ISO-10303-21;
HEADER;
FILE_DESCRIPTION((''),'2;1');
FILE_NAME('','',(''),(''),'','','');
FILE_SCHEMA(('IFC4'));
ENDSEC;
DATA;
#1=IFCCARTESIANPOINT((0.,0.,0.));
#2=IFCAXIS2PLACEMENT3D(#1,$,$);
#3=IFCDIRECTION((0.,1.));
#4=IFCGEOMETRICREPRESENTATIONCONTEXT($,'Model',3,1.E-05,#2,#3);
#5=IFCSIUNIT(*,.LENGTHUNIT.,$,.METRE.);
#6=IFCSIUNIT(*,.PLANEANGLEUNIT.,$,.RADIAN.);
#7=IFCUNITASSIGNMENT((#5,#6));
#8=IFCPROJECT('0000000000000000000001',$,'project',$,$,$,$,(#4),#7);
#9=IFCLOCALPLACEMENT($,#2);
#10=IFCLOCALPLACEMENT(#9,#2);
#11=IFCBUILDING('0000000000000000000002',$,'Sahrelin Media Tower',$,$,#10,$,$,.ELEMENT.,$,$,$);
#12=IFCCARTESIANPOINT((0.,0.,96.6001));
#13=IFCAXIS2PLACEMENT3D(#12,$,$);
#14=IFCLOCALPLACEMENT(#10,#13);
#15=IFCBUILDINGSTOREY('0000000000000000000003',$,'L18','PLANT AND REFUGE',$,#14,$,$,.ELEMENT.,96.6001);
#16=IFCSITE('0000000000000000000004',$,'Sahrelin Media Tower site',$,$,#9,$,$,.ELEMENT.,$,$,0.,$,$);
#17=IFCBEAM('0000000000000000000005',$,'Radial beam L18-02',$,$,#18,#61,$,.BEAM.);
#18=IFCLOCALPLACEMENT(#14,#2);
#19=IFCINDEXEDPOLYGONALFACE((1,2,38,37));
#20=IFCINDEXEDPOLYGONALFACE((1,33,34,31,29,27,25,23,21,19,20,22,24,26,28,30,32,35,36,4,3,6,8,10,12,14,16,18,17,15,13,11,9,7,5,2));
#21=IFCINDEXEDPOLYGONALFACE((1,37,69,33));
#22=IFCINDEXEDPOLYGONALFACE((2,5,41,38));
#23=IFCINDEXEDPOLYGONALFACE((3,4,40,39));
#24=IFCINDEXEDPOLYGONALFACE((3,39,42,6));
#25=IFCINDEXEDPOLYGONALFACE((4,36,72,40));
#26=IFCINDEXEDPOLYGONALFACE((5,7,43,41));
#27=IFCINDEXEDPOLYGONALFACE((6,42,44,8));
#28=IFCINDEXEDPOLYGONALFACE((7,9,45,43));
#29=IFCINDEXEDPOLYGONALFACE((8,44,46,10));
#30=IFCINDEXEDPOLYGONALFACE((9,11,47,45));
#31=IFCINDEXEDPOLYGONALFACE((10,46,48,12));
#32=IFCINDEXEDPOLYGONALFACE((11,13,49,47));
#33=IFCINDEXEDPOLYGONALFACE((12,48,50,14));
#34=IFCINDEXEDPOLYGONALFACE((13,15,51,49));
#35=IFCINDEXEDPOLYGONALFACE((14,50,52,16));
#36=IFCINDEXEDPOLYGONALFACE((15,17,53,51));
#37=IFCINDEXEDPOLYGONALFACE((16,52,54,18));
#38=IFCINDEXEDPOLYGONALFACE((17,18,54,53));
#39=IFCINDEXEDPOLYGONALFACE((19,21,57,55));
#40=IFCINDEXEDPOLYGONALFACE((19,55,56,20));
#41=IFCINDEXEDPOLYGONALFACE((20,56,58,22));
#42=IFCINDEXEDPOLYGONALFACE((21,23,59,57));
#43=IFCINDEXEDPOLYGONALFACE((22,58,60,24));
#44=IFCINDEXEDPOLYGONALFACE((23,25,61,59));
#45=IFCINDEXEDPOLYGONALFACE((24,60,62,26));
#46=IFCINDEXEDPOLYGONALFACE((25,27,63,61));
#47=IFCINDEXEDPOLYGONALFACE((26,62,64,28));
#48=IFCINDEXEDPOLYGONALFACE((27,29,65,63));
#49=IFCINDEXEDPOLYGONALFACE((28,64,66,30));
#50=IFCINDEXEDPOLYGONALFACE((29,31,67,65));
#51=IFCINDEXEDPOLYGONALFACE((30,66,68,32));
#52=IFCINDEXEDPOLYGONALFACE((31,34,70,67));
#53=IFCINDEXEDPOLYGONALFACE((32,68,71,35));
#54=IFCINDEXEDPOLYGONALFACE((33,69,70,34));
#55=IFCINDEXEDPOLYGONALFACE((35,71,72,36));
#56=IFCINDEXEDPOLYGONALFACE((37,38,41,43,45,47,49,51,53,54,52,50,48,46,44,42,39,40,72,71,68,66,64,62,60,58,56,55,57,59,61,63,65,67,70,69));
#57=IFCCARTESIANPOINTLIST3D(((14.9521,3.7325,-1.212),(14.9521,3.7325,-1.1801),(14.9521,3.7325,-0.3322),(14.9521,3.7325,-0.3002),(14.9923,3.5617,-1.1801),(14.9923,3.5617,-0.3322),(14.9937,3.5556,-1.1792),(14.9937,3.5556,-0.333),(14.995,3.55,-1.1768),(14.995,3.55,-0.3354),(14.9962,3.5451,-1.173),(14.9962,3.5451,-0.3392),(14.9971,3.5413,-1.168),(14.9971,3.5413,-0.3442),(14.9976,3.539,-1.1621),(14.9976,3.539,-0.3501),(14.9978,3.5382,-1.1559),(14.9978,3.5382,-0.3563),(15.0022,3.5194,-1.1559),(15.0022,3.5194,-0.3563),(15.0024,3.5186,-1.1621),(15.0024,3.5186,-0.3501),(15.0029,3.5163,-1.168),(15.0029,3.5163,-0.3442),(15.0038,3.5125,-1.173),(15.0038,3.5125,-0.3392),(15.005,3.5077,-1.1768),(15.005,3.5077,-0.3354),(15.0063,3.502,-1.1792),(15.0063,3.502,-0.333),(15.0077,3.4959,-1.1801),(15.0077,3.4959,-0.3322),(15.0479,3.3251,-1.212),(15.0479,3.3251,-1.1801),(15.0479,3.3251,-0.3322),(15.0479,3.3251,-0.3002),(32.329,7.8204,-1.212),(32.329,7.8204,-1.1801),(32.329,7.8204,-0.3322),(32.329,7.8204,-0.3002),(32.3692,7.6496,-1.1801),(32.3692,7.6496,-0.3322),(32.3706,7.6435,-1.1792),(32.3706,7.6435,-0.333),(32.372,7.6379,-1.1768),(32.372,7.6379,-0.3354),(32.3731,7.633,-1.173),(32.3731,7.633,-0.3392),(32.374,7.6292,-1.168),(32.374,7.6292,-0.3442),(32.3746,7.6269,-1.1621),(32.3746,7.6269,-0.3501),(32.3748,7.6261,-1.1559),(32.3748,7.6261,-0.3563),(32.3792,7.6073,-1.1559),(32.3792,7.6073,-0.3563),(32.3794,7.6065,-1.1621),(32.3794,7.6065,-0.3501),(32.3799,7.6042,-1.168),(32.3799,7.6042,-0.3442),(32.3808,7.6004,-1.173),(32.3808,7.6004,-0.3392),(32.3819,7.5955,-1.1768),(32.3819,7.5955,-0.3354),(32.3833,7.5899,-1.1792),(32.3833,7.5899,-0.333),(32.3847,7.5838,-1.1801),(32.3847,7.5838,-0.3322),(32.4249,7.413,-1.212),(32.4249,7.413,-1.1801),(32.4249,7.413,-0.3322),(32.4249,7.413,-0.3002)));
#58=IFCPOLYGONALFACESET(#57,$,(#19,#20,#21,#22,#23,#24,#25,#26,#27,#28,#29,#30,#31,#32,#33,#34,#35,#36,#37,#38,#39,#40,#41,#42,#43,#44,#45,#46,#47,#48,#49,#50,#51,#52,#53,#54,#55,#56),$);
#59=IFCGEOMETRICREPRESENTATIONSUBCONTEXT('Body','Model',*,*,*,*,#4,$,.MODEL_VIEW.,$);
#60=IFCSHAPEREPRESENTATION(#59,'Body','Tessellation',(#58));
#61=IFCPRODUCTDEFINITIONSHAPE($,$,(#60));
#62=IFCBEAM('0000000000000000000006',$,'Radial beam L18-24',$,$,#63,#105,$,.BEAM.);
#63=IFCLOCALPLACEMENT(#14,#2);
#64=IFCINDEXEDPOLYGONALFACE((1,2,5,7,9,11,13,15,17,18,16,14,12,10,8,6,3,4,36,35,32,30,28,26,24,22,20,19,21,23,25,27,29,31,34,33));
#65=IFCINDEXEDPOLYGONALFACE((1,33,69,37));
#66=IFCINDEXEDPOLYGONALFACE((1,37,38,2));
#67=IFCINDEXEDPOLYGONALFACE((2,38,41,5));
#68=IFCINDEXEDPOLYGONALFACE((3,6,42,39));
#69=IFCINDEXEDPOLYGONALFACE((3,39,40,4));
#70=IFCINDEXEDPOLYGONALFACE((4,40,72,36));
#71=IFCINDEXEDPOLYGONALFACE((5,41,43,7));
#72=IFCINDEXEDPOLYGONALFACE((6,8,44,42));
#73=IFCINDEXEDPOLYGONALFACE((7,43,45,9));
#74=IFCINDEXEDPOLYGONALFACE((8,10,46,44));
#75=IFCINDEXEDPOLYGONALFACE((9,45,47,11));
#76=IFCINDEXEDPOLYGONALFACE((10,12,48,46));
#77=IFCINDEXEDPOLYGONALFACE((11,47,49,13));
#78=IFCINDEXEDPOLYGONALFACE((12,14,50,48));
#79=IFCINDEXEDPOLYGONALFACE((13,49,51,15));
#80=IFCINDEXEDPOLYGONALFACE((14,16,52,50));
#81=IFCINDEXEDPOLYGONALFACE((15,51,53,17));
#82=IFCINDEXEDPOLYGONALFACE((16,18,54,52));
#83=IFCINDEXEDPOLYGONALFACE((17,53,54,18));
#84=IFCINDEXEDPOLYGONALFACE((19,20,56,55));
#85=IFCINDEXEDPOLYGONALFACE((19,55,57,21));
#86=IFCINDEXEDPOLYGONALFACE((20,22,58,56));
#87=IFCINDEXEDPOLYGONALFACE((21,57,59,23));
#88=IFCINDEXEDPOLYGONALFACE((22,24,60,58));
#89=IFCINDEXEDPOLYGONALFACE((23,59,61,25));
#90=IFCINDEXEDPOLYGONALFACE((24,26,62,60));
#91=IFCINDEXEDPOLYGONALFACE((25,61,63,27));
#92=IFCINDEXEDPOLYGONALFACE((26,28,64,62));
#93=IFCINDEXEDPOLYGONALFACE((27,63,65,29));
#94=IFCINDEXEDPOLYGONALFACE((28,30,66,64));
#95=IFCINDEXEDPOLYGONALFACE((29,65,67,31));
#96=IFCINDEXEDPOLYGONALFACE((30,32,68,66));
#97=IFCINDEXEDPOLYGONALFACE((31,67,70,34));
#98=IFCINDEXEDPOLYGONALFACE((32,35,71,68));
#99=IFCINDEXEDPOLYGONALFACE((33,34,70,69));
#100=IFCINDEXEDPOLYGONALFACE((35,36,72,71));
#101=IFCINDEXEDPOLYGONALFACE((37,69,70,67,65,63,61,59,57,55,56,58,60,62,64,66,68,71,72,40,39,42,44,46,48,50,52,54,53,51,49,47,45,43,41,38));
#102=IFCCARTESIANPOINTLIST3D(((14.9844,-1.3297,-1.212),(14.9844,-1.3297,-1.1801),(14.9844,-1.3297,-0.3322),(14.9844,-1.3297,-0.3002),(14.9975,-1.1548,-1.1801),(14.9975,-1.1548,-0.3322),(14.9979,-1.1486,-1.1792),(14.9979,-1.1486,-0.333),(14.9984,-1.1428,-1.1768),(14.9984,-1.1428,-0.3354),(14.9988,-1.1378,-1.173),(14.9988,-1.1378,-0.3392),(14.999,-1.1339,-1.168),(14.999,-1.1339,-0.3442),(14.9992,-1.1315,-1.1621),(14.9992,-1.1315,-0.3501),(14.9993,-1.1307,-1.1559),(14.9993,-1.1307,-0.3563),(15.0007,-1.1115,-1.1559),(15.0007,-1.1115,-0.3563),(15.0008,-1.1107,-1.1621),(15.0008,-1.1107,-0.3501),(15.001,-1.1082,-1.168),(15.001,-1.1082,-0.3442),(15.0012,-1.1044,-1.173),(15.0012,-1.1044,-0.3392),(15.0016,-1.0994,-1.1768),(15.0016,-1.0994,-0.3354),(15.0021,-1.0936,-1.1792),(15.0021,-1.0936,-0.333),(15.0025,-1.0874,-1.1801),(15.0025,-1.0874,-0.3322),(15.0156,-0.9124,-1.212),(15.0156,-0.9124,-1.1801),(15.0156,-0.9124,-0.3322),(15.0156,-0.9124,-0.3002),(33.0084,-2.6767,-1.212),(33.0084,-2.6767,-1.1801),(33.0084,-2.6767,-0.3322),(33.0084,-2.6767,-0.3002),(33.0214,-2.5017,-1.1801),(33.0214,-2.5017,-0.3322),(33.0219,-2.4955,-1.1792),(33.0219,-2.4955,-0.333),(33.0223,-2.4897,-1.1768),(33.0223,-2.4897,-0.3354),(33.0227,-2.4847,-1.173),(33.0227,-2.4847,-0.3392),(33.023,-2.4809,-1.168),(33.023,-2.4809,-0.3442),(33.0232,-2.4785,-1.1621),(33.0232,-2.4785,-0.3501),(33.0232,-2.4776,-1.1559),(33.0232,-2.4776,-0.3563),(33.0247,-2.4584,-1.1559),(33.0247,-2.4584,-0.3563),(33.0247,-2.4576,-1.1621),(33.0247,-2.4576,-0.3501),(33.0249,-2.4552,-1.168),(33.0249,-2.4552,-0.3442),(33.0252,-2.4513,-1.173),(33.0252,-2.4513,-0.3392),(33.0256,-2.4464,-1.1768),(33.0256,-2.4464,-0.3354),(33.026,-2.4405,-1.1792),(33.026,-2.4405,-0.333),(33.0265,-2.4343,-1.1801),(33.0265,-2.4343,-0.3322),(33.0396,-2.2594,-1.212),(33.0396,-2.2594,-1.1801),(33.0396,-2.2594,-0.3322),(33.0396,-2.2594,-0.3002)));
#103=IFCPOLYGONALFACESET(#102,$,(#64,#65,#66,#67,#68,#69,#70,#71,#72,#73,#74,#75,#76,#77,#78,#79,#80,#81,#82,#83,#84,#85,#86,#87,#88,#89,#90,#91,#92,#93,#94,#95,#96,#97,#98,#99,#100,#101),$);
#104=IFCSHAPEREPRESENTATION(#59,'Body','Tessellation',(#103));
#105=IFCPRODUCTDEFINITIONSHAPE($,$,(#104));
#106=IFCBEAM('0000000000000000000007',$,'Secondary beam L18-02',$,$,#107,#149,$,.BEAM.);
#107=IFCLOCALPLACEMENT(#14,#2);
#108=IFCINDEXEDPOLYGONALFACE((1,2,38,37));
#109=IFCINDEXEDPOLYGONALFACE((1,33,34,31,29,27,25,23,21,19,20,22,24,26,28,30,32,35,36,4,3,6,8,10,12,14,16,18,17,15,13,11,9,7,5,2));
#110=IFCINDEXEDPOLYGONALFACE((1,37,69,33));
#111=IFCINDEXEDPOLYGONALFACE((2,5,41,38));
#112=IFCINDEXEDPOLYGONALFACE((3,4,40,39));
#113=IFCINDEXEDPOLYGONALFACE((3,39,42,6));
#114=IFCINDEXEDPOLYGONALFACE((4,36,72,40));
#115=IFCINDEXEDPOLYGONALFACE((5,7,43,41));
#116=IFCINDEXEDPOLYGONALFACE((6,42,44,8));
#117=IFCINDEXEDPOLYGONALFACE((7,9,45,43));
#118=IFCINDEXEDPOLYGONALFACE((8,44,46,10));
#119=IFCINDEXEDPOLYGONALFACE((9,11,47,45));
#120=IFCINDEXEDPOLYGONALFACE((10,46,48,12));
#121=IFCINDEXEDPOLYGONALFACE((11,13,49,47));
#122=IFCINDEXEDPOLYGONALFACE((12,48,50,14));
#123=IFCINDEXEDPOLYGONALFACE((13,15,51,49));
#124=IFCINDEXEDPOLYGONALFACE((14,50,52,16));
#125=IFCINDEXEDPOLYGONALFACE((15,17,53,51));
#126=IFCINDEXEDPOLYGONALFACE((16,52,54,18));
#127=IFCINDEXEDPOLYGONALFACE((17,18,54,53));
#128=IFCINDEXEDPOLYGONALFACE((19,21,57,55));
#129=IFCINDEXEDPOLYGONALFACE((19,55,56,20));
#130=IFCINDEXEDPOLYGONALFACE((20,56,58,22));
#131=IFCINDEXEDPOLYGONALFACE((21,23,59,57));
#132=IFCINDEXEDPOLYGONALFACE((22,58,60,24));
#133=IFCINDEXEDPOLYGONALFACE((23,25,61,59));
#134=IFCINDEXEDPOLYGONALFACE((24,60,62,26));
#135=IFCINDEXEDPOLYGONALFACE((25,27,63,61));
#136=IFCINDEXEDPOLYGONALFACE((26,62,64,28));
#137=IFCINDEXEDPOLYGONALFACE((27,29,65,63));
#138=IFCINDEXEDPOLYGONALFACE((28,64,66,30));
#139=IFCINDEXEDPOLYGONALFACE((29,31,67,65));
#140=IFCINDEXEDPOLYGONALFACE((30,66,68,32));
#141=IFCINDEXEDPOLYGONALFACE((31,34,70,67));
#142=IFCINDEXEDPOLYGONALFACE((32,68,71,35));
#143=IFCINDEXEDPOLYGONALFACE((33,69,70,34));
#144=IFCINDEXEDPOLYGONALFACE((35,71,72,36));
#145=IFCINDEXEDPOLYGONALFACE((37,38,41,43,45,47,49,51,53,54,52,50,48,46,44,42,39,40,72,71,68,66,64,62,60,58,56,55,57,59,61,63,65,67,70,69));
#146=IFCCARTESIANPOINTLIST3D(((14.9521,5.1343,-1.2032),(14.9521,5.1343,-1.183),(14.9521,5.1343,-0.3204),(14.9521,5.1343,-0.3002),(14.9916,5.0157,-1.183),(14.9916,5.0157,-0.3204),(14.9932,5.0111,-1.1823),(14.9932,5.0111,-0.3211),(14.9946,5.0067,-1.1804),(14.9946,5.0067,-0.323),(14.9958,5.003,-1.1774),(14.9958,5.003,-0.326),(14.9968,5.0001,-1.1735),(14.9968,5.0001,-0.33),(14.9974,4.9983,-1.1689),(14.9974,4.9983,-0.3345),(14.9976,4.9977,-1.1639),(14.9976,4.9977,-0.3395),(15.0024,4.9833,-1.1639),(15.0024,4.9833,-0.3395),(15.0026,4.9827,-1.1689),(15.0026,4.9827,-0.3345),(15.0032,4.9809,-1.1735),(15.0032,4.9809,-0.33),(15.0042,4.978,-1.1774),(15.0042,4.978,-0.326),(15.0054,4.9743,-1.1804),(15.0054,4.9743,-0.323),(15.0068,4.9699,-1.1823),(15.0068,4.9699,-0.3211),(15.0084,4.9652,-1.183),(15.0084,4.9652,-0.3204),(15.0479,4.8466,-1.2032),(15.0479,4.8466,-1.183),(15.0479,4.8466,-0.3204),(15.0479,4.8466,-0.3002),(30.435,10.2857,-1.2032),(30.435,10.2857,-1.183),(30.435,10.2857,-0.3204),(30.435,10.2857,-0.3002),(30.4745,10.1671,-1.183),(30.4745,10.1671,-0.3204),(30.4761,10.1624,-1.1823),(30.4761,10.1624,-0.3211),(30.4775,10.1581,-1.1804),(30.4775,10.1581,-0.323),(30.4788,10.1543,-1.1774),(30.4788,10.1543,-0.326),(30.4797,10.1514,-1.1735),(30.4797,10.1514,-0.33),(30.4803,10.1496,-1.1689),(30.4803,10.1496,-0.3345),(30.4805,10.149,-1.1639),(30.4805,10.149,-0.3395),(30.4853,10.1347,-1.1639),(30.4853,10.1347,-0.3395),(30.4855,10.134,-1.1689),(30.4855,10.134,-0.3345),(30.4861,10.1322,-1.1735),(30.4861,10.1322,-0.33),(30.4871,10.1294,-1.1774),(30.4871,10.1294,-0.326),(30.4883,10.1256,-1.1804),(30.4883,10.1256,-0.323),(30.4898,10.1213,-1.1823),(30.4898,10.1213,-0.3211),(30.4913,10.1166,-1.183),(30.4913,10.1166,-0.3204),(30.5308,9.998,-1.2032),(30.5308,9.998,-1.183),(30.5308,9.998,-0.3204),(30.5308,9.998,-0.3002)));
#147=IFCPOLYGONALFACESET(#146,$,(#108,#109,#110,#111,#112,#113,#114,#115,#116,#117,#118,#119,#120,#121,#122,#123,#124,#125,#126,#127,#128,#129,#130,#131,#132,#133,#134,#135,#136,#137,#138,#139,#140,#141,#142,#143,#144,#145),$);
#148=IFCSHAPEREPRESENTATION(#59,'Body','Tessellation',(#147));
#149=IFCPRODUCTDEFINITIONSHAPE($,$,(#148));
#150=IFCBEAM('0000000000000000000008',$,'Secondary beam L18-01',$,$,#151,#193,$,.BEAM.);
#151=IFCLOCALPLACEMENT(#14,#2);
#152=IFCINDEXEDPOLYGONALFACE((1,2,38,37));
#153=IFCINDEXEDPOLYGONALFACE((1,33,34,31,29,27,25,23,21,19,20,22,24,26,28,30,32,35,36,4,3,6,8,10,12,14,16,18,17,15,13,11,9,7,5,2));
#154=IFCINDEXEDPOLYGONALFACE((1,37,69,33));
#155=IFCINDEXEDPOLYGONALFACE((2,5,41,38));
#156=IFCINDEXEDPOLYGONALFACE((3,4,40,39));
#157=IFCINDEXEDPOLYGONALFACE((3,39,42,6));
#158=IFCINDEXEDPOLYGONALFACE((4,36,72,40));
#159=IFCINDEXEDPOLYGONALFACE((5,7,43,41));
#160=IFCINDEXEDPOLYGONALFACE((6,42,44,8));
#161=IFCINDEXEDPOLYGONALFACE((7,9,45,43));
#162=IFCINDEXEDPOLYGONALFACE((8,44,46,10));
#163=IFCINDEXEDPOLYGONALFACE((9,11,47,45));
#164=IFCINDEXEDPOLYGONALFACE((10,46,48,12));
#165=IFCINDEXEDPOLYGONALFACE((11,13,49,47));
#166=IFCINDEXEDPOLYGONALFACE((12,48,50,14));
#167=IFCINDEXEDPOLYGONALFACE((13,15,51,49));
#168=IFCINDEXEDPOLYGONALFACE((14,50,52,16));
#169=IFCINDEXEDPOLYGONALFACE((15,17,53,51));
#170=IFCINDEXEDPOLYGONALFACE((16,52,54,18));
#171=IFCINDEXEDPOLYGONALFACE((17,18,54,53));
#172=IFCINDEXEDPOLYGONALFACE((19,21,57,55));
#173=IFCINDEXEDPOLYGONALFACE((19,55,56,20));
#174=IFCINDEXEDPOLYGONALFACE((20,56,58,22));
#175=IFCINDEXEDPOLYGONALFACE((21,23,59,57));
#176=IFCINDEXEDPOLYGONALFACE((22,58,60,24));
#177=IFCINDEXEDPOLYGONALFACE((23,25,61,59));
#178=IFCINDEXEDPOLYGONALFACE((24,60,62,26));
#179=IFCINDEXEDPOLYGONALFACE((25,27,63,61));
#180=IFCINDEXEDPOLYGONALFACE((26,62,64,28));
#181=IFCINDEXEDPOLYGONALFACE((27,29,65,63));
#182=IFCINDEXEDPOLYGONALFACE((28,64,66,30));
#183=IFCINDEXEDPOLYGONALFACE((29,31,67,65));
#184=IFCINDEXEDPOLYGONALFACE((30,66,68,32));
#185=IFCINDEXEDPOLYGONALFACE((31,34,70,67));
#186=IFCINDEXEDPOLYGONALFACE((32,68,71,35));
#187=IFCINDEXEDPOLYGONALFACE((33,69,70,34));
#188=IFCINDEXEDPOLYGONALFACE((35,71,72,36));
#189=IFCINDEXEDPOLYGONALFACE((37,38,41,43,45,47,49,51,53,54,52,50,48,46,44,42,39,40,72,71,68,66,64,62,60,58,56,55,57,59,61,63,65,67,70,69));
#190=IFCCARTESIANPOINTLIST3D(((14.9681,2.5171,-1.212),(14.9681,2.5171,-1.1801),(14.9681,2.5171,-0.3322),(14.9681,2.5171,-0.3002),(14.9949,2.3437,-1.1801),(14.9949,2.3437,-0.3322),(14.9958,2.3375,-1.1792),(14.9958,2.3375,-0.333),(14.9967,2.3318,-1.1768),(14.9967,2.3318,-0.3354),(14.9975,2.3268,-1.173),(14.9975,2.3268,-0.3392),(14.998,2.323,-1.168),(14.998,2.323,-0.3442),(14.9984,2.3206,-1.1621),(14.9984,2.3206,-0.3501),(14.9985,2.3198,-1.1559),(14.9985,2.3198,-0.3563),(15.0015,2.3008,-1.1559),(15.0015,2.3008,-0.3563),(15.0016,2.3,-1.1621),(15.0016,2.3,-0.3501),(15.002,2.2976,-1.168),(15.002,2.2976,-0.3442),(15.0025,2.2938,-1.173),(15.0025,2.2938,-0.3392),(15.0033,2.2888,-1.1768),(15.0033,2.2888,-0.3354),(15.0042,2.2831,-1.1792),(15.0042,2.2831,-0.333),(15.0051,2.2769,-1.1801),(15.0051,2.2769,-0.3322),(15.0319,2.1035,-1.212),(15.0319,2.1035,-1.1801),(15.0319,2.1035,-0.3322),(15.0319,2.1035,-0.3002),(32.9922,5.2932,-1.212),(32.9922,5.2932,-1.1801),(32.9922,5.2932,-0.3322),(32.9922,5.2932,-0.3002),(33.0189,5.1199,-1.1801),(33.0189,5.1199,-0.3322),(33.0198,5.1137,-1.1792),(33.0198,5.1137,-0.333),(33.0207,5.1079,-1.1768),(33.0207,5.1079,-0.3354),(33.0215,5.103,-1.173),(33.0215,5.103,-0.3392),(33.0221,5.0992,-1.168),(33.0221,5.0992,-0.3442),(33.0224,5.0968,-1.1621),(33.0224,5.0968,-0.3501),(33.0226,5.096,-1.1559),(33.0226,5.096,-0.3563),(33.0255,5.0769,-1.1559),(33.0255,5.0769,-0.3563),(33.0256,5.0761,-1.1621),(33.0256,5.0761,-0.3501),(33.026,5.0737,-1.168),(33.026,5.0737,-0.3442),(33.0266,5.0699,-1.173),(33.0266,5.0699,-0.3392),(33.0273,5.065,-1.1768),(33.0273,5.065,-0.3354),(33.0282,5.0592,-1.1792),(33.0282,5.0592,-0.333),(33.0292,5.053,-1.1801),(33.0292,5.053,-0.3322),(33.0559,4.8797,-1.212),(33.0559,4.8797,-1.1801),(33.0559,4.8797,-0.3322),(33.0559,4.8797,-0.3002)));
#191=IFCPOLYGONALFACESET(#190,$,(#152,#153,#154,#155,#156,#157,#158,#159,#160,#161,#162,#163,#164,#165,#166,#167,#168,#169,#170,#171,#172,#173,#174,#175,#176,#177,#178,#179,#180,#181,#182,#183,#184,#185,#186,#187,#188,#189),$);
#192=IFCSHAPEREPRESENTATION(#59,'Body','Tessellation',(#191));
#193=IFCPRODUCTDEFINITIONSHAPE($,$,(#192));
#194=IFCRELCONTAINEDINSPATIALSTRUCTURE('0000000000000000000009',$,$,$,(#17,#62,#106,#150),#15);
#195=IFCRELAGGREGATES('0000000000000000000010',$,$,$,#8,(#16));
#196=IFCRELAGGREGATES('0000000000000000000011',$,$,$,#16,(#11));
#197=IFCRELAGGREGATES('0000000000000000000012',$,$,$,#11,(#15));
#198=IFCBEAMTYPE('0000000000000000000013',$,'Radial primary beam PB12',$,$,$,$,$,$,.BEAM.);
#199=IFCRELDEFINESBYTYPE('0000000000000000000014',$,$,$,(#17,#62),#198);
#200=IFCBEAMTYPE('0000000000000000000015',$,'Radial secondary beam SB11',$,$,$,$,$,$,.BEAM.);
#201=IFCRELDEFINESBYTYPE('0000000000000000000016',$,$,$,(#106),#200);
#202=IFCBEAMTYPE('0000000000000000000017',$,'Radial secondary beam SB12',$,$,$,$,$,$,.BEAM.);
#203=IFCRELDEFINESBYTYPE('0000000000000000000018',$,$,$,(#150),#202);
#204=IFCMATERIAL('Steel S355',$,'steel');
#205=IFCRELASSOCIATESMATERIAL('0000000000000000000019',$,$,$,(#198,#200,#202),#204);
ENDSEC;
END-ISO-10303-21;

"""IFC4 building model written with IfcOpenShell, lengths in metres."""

from ifc_helpers import new_model, si_unit, direction, frame, origin, origin_2d, place, context, subcontext, project, spatial, i_section, extrude, material, material_profile, profile_set, type_object, element, save


model = new_model("IFC4")

# Units and contexts
model_context = context("Model", 3, precision=1e-05, world=origin(), true_north=direction((0.0, 1.0)))
body_context = subcontext(model_context, "Body", "Model", "MODEL_VIEW")
ifc_project = project(units=[si_unit("LENGTHUNIT", "METRE"), si_unit("PLANEANGLEUNIT", "RADIAN")], contexts=[model_context])

# Site, building, storey
site_placement = place(None, origin())
site = spatial("IfcSite", under=ifc_project, at=site_placement, Name="Sahrelin Media Tower site", CompositionType="ELEMENT", RefElevation=0.0)
building_placement = place(site_placement, origin())
building = spatial("IfcBuilding", under=site, at=building_placement, Name="Sahrelin Media Tower", CompositionType="ELEMENT")
storey_placement = place(building_placement, frame((0.0, 0.0, 96.6001)))
storey = spatial("IfcBuildingStorey", under=building, at=storey_placement, Name="L18", Description="PLANT AND REFUGE", CompositionType="ELEMENT", Elevation=96.6001)

# Beams
ifc_material_1 = material(Name="Steel S355", Category="steel")
ifc_material_profile_1 = material_profile(ifc_material_1, i_section(OverallWidth=0.4185, OverallDepth=0.9119, WebThickness=0.0193, FlangeThickness=0.032, FilletRadius=0.0242, at=origin_2d()), Name="UB 914x419x343")
ifc_profile_set_1 = profile_set([ifc_material_profile_1], Name="Steel S355")
beam_type_1 = type_object("IfcBeamType", Name="Radial primary beam PB12", PredefinedType="BEAM", material=ifc_profile_set_1)
beam_1_placement = place(storey_placement, frame((15.0, 3.5288, -0.7561), z_axis=(0.973427, 0.228997, 0.0), x_axis=(-0.228997, 0.973427, 0.0)))
element("IfcBeam", 1, at=beam_1_placement, inside=storey, type_object=beam_type_1, Name="Radial beam L18-02", PredefinedType="BEAM", context=body_context, shape_type="SweptSolid", body=[
    extrude(i_section(OverallWidth=0.4185, OverallDepth=0.9119, WebThickness=0.0193, FlangeThickness=0.032, FilletRadius=0.0242, at=origin_2d()), origin(), (0.0, 0.0, 1.0), 17.8513),
])
beam_2_placement = place(storey_placement, frame((15.0, -1.1211, -0.7561), z_axis=(0.997219, -0.074522, 0.0), x_axis=(0.074522, 0.997219, 0.0)))
element("IfcBeam", 2, at=beam_2_placement, inside=storey, type_object=beam_type_1, Name="Radial beam L18-24", PredefinedType="BEAM", context=body_context, shape_type="SweptSolid", body=[
    extrude(i_section(OverallWidth=0.4185, OverallDepth=0.9119, WebThickness=0.0193, FlangeThickness=0.032, FilletRadius=0.0242, at=origin_2d()), origin(), (0.0, 0.0, 1.0), 18.0742),
])
ifc_material_profile_2 = material_profile(ifc_material_1, i_section(OverallWidth=0.3032, OverallDepth=0.9031, WebThickness=0.0151, FlangeThickness=0.0203, FilletRadius=0.019, at=origin_2d()), Name="UB 914x305x201")
ifc_profile_set_2 = profile_set([ifc_material_profile_2], Name="Steel S355")
beam_type_2 = type_object("IfcBeamType", Name="Radial secondary beam SB11", PredefinedType="BEAM", material=ifc_profile_set_2)
beam_3_placement = place(storey_placement, frame((15.0, 4.9905, -0.7517), z_axis=(0.94886, 0.315698, 0.0), x_axis=(-0.315698, 0.94886, 0.0)))
element("IfcBeam", 3, at=beam_3_placement, inside=storey, type_object=beam_type_2, Name="Secondary beam L18-02", PredefinedType="BEAM", context=body_context, shape_type="SweptSolid", body=[
    extrude(i_section(OverallWidth=0.3032, OverallDepth=0.9031, WebThickness=0.0151, FlangeThickness=0.0203, FilletRadius=0.019, at=origin_2d()), origin(), (0.0, 0.0, 1.0), 16.3174),
])
ifc_material_profile_3 = material_profile(ifc_material_1, i_section(OverallWidth=0.4185, OverallDepth=0.9119, WebThickness=0.0193, FlangeThickness=0.032, FilletRadius=0.0242, at=origin_2d()), Name="UB 914x419x343")
ifc_profile_set_3 = profile_set([ifc_material_profile_3], Name="Steel S355")
beam_type_3 = type_object("IfcBeamType", Name="Radial secondary beam SB12", PredefinedType="BEAM", material=ifc_profile_set_3)
beam_4_placement = place(storey_placement, frame((15.0, 2.3103, -0.7561), z_axis=(0.988345, 0.152229, 0.0), x_axis=(-0.152229, 0.988345, 0.0)))
element("IfcBeam", 4, at=beam_4_placement, inside=storey, type_object=beam_type_3, Name="Secondary beam L18-01", PredefinedType="BEAM", context=body_context, shape_type="SweptSolid", body=[
    extrude(i_section(OverallWidth=0.4185, OverallDepth=0.9119, WebThickness=0.0193, FlangeThickness=0.032, FilletRadius=0.0242, at=origin_2d()), origin(), (0.0, 0.0, 1.0), 18.2366),
])

save(model, "model.ifc")
